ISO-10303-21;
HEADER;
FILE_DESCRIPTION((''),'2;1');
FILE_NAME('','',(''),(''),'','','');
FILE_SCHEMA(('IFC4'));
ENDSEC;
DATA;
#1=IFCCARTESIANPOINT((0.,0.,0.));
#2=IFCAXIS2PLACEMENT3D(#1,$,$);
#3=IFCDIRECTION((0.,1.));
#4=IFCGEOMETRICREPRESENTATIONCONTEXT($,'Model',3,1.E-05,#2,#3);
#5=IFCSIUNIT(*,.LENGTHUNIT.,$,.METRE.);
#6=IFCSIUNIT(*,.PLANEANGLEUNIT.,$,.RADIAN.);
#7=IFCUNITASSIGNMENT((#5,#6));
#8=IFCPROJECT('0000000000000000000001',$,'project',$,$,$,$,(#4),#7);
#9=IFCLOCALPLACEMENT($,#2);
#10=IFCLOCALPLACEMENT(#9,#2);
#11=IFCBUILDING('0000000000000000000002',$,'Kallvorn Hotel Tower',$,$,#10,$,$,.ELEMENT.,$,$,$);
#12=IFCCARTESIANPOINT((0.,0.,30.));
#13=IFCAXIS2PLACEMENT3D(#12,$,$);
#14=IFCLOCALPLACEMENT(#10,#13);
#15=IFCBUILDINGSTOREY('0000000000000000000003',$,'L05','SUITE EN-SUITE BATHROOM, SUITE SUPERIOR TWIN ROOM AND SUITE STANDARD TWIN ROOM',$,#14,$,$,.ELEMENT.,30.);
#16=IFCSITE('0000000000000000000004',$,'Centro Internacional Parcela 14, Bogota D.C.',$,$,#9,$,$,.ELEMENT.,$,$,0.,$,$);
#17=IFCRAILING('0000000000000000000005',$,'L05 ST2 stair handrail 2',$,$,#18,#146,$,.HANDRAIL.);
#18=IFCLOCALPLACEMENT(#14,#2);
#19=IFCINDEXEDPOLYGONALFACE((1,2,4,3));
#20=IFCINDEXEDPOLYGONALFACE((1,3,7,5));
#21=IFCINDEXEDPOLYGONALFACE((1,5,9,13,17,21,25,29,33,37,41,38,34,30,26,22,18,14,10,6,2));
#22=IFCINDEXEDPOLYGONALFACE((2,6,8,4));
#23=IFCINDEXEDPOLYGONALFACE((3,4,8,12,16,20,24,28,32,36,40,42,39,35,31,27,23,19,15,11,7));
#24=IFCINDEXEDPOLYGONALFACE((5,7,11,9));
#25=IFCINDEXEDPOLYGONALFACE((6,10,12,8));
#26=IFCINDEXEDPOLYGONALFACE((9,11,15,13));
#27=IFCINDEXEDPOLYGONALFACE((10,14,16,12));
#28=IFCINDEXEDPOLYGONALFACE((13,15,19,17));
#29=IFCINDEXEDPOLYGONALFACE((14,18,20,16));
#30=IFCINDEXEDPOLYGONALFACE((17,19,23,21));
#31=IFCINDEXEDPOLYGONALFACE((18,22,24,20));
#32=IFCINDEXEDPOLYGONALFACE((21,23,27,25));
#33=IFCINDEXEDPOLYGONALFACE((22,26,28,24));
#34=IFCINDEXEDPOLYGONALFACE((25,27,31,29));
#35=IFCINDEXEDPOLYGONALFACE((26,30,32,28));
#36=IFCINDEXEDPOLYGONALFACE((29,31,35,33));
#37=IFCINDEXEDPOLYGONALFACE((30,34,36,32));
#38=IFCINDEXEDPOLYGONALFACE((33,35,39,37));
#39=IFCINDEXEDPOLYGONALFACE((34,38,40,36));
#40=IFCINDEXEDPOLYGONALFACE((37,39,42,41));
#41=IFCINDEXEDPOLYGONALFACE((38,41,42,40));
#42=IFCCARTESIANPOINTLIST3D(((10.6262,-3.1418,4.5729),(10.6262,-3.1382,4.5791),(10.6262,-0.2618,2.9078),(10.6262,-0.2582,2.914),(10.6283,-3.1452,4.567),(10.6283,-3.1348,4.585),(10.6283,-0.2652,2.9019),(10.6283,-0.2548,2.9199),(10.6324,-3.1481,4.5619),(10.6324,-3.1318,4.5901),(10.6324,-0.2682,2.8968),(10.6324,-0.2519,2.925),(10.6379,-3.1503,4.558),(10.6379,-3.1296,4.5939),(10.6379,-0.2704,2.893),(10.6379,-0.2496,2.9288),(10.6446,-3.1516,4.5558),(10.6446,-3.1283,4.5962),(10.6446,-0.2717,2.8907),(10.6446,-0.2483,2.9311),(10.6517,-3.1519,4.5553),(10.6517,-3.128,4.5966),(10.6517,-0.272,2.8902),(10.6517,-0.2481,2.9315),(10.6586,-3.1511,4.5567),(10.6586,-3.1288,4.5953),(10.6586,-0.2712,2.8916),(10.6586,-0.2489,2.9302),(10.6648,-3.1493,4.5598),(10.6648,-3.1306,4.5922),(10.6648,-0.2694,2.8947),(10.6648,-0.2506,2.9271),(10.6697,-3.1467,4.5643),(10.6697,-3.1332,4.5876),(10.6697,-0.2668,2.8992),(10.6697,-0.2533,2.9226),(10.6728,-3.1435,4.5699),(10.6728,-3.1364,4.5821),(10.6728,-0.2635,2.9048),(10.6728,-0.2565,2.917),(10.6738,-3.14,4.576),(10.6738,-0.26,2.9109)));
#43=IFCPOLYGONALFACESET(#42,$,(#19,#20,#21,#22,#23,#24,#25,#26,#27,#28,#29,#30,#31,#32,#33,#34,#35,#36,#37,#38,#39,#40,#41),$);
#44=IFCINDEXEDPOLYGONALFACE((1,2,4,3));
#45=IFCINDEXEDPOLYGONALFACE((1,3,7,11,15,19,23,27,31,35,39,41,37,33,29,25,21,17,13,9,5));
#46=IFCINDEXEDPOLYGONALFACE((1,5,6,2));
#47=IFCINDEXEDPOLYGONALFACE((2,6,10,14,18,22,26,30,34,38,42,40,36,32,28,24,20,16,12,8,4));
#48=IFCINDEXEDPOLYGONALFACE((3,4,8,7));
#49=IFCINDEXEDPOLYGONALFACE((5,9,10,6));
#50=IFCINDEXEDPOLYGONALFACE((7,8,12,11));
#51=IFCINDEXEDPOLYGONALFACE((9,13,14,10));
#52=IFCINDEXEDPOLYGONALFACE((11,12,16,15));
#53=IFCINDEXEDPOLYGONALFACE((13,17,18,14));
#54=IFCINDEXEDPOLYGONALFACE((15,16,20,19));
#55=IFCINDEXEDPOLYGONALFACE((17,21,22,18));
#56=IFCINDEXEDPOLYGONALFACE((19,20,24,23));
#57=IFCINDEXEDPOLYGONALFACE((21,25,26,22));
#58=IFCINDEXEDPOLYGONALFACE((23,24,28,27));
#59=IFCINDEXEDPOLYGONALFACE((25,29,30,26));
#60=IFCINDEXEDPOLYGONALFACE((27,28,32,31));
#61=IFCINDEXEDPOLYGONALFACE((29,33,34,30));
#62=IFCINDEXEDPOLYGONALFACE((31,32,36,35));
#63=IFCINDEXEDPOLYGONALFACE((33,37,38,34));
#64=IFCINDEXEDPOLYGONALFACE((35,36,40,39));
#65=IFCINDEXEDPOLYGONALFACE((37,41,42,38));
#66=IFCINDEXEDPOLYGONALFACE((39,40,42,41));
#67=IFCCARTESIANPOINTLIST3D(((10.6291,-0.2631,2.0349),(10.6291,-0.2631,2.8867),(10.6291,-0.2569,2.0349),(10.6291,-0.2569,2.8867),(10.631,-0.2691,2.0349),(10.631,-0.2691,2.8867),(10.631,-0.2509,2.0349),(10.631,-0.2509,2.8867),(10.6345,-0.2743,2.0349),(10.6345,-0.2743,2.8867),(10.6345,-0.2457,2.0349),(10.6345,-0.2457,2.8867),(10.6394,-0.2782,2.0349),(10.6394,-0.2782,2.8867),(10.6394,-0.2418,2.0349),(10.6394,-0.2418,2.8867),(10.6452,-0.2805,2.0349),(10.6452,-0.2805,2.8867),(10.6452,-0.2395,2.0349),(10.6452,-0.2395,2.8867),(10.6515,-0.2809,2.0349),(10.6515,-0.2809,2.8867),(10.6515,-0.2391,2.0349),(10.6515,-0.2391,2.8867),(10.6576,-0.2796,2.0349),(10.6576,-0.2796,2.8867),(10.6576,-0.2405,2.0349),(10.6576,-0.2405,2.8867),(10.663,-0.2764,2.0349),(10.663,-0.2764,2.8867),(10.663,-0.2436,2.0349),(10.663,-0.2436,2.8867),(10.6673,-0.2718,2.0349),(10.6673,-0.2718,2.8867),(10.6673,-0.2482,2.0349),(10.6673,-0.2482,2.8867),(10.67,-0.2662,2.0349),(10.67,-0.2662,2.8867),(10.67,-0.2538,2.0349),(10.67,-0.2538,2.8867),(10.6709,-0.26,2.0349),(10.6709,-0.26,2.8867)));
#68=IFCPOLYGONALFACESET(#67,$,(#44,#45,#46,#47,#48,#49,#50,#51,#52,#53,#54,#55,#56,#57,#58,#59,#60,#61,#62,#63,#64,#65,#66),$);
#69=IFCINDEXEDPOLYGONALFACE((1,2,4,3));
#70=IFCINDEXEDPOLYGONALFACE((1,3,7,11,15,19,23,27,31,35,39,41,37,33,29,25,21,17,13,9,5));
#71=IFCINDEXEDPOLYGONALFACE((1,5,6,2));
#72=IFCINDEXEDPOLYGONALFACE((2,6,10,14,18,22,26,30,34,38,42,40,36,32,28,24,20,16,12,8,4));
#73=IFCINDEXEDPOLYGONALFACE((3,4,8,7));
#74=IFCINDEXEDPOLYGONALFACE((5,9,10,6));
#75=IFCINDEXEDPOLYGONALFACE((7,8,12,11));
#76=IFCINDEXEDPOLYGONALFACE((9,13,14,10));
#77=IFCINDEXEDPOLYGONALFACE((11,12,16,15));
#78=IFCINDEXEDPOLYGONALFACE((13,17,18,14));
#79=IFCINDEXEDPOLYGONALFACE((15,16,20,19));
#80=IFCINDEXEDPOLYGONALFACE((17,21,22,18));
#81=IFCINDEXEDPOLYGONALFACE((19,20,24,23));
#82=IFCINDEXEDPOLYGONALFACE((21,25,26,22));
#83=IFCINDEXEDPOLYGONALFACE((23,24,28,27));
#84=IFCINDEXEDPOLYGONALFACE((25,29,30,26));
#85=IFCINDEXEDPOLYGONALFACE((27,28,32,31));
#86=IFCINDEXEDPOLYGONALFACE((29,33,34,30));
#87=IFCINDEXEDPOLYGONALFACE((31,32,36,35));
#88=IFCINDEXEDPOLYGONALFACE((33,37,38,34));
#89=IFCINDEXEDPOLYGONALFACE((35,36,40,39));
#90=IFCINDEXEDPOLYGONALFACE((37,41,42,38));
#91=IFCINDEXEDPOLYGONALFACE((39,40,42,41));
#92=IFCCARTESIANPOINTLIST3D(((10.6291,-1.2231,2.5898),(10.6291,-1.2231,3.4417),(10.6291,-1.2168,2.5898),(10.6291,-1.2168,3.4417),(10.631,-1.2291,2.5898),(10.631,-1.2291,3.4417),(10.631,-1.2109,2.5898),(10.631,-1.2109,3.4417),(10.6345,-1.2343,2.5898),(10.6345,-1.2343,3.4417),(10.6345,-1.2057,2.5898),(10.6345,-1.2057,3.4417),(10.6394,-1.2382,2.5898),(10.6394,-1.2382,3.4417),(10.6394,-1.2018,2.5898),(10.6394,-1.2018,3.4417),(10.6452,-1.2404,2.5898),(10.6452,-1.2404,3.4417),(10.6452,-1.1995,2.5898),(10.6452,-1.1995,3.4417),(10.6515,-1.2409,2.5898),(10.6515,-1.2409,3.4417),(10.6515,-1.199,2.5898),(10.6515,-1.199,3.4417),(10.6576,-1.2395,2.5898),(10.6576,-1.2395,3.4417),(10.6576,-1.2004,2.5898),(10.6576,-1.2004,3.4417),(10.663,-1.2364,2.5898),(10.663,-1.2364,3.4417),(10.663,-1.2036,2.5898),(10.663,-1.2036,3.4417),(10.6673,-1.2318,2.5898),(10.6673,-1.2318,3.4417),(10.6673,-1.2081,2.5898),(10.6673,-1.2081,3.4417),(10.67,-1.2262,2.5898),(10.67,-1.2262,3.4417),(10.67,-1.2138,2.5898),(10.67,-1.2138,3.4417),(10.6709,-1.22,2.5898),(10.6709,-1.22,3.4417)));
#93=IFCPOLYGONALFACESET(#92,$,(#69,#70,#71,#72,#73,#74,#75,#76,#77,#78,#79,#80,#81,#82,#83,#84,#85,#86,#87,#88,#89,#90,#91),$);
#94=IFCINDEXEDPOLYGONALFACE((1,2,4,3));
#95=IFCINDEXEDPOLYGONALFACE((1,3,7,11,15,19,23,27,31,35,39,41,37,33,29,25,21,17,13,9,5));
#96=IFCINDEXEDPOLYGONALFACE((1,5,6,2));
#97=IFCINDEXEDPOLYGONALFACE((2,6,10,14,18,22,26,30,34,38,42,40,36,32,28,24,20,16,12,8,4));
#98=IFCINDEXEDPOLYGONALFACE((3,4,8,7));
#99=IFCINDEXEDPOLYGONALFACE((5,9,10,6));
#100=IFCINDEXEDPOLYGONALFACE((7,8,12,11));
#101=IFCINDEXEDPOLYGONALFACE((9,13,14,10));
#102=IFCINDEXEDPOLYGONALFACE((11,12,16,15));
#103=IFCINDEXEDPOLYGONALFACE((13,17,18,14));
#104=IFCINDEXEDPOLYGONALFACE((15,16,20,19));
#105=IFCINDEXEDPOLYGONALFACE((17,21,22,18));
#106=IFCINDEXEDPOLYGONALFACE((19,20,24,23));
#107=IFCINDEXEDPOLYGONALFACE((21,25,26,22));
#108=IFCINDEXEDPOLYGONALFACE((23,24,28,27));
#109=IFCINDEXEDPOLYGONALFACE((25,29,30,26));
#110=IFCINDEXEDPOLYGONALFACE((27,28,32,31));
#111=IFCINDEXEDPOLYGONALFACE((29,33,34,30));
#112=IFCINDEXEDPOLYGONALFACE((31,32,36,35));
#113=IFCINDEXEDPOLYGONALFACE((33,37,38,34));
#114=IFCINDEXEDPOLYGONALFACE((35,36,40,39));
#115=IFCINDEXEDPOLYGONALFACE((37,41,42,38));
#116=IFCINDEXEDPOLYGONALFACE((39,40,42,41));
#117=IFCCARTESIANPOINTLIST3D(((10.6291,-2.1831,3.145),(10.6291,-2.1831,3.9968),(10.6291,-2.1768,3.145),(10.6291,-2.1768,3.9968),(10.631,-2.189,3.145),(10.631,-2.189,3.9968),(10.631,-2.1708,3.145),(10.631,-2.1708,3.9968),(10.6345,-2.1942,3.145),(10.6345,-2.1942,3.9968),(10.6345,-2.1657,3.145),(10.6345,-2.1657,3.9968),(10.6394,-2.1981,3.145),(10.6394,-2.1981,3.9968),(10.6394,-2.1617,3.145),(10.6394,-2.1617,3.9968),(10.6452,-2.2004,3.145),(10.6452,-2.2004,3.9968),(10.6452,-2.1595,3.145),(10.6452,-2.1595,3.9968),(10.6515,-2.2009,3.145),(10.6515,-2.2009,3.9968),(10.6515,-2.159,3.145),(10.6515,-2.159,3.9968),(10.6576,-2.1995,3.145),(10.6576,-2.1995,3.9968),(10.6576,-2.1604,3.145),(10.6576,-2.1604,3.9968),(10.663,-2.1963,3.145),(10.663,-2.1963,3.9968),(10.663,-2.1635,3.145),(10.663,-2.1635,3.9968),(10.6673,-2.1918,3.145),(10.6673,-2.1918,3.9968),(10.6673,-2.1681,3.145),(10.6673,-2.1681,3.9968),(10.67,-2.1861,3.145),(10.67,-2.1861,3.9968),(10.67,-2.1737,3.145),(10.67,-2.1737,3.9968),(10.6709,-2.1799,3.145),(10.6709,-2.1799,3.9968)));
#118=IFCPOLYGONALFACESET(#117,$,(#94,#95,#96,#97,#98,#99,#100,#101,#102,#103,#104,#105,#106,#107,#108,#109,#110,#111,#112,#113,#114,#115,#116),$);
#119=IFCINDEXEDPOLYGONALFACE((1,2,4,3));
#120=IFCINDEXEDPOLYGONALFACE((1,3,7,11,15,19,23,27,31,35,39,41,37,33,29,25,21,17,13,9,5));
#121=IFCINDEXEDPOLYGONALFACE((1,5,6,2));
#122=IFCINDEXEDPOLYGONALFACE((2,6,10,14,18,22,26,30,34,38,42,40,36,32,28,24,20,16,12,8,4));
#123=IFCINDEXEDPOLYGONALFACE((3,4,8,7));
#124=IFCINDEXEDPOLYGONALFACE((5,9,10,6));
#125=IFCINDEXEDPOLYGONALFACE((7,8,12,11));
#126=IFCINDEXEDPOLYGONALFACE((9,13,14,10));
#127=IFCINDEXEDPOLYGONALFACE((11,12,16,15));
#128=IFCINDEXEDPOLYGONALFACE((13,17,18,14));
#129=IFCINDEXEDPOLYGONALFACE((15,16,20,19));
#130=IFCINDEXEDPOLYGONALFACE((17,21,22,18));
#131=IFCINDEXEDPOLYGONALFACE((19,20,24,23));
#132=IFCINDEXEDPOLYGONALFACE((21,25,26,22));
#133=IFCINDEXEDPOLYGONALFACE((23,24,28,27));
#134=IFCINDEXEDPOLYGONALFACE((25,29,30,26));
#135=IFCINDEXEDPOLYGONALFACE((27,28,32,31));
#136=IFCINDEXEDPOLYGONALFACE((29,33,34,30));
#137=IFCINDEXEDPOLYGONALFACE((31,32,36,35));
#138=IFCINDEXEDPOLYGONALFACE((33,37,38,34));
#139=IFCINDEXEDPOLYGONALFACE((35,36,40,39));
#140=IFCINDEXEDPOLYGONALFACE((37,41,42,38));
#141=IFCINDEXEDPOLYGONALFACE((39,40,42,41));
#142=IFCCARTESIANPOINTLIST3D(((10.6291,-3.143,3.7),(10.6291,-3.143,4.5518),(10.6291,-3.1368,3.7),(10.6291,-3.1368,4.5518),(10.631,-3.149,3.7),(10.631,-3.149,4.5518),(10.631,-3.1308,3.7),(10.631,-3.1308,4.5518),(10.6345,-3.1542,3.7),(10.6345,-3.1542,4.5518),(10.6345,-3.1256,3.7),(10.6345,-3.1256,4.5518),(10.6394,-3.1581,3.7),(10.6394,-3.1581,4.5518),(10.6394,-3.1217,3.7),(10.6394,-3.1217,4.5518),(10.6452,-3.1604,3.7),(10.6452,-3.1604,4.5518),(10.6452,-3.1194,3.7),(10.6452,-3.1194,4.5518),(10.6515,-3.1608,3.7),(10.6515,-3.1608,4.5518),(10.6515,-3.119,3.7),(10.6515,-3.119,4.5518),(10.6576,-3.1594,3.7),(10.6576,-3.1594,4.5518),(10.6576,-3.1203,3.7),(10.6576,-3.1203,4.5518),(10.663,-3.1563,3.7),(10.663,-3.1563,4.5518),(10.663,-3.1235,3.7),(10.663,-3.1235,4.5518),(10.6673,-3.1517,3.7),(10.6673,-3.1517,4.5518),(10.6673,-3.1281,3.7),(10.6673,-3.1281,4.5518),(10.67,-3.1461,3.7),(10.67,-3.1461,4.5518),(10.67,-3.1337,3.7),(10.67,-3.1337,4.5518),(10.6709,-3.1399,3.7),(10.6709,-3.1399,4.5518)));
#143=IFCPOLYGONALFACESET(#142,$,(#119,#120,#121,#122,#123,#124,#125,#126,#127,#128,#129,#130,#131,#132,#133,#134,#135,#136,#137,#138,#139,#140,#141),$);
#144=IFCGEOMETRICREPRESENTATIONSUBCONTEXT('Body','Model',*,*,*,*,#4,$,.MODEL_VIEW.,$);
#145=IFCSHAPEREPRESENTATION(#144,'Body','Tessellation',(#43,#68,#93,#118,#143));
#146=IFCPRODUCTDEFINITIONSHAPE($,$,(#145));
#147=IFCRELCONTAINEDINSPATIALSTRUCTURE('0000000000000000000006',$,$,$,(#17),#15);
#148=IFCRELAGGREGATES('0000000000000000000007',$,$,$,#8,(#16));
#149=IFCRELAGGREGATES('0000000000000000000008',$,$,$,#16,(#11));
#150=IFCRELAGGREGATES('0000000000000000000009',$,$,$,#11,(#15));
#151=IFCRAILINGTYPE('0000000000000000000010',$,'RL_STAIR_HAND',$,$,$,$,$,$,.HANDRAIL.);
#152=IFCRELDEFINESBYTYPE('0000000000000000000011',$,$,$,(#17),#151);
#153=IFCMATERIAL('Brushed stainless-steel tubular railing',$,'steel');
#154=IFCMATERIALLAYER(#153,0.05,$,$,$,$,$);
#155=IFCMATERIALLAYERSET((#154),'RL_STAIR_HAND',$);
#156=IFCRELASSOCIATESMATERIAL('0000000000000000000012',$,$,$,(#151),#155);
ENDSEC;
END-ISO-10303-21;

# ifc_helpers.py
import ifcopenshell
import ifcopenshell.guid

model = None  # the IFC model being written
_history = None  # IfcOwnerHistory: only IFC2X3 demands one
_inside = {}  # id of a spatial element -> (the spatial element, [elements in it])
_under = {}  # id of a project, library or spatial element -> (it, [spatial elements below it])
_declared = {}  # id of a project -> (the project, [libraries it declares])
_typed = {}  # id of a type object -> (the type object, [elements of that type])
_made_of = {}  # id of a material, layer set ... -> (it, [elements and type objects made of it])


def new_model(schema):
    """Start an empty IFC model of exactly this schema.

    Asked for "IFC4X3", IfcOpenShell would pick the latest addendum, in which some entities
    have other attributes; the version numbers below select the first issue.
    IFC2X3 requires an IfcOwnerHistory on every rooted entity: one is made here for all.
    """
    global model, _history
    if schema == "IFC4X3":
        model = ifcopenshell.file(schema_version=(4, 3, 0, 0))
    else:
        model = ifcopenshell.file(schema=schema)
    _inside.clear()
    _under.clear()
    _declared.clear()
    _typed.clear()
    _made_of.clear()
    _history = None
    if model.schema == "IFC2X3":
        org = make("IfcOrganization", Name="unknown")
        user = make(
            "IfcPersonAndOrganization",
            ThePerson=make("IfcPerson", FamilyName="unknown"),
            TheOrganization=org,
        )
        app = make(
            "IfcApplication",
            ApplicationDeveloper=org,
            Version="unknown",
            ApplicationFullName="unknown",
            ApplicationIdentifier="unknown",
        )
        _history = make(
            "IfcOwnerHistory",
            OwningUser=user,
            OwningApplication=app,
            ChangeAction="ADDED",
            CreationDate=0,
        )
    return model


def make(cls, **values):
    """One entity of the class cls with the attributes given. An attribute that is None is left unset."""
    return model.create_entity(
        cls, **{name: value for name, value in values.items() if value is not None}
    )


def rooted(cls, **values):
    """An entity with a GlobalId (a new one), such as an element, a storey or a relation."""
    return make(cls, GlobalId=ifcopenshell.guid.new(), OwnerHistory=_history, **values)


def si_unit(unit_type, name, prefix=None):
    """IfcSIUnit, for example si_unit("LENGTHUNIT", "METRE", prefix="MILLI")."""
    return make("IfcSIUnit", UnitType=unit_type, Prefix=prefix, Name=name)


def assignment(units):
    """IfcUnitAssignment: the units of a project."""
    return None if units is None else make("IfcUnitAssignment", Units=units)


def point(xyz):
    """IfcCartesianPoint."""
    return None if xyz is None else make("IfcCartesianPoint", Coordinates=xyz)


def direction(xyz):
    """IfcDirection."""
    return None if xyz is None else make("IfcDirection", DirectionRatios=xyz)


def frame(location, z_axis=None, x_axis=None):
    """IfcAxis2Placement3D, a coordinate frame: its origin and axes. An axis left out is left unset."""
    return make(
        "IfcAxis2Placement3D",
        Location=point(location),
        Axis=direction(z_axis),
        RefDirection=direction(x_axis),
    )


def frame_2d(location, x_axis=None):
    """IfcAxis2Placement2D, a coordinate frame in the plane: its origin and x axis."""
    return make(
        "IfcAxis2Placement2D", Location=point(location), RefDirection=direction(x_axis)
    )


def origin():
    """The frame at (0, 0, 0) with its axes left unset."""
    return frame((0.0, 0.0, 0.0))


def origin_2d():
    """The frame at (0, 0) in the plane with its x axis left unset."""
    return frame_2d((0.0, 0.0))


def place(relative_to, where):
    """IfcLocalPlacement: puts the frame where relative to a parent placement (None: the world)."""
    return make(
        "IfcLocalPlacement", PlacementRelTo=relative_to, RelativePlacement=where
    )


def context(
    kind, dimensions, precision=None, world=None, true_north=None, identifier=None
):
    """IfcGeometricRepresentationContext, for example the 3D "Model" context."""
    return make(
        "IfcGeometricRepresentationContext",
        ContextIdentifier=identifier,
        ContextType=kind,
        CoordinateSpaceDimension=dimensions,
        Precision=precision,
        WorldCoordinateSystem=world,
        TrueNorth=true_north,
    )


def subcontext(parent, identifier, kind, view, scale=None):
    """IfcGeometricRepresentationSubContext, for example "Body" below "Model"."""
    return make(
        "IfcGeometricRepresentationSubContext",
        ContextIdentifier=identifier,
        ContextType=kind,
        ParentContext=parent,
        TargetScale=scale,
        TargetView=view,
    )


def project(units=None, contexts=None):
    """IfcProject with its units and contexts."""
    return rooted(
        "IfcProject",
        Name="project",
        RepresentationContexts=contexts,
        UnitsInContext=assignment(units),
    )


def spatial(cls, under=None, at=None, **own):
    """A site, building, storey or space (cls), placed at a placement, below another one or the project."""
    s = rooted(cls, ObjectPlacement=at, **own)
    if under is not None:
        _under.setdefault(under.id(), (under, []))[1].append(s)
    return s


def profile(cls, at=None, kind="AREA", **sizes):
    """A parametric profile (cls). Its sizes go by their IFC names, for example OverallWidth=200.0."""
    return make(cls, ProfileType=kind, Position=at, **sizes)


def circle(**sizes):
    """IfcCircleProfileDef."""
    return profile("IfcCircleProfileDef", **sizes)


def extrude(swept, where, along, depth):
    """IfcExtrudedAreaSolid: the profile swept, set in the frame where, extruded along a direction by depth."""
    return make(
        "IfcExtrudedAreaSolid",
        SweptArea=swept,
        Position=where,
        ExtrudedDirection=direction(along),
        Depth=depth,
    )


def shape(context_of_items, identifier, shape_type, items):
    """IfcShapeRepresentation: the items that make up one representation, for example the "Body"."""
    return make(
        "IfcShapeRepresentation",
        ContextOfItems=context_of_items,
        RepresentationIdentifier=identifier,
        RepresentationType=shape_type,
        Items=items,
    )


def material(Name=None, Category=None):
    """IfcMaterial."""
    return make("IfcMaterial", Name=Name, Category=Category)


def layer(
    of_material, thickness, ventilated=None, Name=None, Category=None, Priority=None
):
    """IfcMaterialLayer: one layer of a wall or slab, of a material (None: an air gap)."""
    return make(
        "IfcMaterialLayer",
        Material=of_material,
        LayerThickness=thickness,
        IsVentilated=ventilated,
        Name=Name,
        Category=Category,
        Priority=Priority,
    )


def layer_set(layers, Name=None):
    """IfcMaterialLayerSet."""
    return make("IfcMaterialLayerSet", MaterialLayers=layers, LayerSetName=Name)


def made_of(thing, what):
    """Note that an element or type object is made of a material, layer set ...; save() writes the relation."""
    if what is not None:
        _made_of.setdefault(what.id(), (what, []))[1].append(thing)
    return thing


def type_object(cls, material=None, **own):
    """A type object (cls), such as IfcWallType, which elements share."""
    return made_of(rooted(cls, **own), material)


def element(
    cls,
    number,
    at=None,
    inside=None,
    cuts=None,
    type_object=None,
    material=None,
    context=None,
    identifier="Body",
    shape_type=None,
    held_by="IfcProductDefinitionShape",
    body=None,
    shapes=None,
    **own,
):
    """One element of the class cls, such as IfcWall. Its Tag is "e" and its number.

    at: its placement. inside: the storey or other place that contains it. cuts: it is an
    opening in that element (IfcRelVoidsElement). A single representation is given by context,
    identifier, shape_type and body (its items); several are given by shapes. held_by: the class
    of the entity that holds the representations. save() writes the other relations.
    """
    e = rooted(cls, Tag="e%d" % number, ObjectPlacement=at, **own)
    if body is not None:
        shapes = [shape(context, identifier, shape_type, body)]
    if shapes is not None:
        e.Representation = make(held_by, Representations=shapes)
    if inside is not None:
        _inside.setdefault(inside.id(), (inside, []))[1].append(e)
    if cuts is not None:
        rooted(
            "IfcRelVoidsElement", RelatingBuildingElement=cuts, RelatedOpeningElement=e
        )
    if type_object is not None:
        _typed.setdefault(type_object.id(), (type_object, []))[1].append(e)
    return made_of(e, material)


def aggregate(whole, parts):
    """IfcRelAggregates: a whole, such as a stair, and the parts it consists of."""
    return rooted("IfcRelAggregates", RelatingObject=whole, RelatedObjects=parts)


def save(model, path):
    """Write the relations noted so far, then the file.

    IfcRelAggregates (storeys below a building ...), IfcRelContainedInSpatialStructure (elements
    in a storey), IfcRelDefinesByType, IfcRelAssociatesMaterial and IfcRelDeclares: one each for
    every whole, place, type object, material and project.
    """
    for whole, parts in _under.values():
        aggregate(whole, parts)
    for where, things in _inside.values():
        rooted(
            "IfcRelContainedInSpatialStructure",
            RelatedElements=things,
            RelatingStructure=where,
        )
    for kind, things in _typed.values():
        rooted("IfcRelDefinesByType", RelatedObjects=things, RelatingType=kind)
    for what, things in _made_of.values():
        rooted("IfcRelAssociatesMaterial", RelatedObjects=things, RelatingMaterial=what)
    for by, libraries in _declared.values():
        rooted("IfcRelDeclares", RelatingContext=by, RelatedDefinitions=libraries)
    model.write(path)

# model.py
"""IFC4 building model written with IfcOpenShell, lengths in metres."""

from ifc_helpers import new_model, si_unit, direction, frame, origin, origin_2d, place, context, subcontext, project, spatial, circle, extrude, material, layer, layer_set, type_object, element, save


model = new_model("IFC4")

# Units and contexts
model_context = context("Model", 3, precision=1e-05, world=origin(), true_north=direction((0.0, 1.0)))
body_context = subcontext(model_context, "Body", "Model", "MODEL_VIEW")
ifc_project = project(units=[si_unit("LENGTHUNIT", "METRE"), si_unit("PLANEANGLEUNIT", "RADIAN")], contexts=[model_context])

# Site, building, storey
site_placement = place(None, origin())
site = spatial("IfcSite", under=ifc_project, at=site_placement, Name="Centro Internacional Parcela 14, Bogota D.C.", CompositionType="ELEMENT", RefElevation=0.0)
building_placement = place(site_placement, origin())
building = spatial("IfcBuilding", under=site, at=building_placement, Name="Kallvorn Hotel Tower", CompositionType="ELEMENT")
storey_placement = place(building_placement, frame((0.0, 0.0, 30.0)))
storey = spatial("IfcBuildingStorey", under=building, at=storey_placement, Name="L05", Description="SUITE EN-SUITE BATHROOM, SUITE SUPERIOR TWIN ROOM AND SUITE STANDARD TWIN ROOM", CompositionType="ELEMENT", Elevation=30.0)

# Railing
ifc_material_1 = material(Name="Brushed stainless-steel tubular railing", Category="steel")
ifc_layer_1 = layer(ifc_material_1, 0.05)
ifc_layer_set_1 = layer_set([ifc_layer_1], Name="RL_STAIR_HAND")
railing_type_1 = type_object("IfcRailingType", Name="RL_STAIR_HAND", PredefinedType="HANDRAIL", material=ifc_layer_set_1)
railing_1_placement = place(storey_placement, frame((10.6499, -0.26, 2.0349)))
element("IfcRailing", 1, at=railing_1_placement, inside=storey, type_object=railing_type_1, Name="L05 ST2 stair handrail 2", PredefinedType="HANDRAIL", context=body_context, shape_type="SweptSolid", body=[
    extrude(circle(Radius=0.0239, at=origin_2d()), frame((0.0, 0.0, 0.876), z_axis=(0.0, -0.865721, 0.500527), x_axis=(1.0, 0.0, 0.0)), (0.0, 0.0, 1.0), 3.3267),
    extrude(circle(Radius=0.021, at=origin_2d()), origin(), (0.0, 0.0, 1.0), 0.8518),
    extrude(circle(Radius=0.021, at=origin_2d()), frame((0.0, -0.96, 0.5549)), (0.0, 0.0, 1.0), 0.8518),
    extrude(circle(Radius=0.021, at=origin_2d()), frame((0.0, -1.9199, 1.1101)), (0.0, 0.0, 1.0), 0.8518),
    extrude(circle(Radius=0.021, at=origin_2d()), frame((0.0, -2.8799, 1.665)), (0.0, 0.0, 1.0), 0.8518),
])

save(model, "model.ifc")
